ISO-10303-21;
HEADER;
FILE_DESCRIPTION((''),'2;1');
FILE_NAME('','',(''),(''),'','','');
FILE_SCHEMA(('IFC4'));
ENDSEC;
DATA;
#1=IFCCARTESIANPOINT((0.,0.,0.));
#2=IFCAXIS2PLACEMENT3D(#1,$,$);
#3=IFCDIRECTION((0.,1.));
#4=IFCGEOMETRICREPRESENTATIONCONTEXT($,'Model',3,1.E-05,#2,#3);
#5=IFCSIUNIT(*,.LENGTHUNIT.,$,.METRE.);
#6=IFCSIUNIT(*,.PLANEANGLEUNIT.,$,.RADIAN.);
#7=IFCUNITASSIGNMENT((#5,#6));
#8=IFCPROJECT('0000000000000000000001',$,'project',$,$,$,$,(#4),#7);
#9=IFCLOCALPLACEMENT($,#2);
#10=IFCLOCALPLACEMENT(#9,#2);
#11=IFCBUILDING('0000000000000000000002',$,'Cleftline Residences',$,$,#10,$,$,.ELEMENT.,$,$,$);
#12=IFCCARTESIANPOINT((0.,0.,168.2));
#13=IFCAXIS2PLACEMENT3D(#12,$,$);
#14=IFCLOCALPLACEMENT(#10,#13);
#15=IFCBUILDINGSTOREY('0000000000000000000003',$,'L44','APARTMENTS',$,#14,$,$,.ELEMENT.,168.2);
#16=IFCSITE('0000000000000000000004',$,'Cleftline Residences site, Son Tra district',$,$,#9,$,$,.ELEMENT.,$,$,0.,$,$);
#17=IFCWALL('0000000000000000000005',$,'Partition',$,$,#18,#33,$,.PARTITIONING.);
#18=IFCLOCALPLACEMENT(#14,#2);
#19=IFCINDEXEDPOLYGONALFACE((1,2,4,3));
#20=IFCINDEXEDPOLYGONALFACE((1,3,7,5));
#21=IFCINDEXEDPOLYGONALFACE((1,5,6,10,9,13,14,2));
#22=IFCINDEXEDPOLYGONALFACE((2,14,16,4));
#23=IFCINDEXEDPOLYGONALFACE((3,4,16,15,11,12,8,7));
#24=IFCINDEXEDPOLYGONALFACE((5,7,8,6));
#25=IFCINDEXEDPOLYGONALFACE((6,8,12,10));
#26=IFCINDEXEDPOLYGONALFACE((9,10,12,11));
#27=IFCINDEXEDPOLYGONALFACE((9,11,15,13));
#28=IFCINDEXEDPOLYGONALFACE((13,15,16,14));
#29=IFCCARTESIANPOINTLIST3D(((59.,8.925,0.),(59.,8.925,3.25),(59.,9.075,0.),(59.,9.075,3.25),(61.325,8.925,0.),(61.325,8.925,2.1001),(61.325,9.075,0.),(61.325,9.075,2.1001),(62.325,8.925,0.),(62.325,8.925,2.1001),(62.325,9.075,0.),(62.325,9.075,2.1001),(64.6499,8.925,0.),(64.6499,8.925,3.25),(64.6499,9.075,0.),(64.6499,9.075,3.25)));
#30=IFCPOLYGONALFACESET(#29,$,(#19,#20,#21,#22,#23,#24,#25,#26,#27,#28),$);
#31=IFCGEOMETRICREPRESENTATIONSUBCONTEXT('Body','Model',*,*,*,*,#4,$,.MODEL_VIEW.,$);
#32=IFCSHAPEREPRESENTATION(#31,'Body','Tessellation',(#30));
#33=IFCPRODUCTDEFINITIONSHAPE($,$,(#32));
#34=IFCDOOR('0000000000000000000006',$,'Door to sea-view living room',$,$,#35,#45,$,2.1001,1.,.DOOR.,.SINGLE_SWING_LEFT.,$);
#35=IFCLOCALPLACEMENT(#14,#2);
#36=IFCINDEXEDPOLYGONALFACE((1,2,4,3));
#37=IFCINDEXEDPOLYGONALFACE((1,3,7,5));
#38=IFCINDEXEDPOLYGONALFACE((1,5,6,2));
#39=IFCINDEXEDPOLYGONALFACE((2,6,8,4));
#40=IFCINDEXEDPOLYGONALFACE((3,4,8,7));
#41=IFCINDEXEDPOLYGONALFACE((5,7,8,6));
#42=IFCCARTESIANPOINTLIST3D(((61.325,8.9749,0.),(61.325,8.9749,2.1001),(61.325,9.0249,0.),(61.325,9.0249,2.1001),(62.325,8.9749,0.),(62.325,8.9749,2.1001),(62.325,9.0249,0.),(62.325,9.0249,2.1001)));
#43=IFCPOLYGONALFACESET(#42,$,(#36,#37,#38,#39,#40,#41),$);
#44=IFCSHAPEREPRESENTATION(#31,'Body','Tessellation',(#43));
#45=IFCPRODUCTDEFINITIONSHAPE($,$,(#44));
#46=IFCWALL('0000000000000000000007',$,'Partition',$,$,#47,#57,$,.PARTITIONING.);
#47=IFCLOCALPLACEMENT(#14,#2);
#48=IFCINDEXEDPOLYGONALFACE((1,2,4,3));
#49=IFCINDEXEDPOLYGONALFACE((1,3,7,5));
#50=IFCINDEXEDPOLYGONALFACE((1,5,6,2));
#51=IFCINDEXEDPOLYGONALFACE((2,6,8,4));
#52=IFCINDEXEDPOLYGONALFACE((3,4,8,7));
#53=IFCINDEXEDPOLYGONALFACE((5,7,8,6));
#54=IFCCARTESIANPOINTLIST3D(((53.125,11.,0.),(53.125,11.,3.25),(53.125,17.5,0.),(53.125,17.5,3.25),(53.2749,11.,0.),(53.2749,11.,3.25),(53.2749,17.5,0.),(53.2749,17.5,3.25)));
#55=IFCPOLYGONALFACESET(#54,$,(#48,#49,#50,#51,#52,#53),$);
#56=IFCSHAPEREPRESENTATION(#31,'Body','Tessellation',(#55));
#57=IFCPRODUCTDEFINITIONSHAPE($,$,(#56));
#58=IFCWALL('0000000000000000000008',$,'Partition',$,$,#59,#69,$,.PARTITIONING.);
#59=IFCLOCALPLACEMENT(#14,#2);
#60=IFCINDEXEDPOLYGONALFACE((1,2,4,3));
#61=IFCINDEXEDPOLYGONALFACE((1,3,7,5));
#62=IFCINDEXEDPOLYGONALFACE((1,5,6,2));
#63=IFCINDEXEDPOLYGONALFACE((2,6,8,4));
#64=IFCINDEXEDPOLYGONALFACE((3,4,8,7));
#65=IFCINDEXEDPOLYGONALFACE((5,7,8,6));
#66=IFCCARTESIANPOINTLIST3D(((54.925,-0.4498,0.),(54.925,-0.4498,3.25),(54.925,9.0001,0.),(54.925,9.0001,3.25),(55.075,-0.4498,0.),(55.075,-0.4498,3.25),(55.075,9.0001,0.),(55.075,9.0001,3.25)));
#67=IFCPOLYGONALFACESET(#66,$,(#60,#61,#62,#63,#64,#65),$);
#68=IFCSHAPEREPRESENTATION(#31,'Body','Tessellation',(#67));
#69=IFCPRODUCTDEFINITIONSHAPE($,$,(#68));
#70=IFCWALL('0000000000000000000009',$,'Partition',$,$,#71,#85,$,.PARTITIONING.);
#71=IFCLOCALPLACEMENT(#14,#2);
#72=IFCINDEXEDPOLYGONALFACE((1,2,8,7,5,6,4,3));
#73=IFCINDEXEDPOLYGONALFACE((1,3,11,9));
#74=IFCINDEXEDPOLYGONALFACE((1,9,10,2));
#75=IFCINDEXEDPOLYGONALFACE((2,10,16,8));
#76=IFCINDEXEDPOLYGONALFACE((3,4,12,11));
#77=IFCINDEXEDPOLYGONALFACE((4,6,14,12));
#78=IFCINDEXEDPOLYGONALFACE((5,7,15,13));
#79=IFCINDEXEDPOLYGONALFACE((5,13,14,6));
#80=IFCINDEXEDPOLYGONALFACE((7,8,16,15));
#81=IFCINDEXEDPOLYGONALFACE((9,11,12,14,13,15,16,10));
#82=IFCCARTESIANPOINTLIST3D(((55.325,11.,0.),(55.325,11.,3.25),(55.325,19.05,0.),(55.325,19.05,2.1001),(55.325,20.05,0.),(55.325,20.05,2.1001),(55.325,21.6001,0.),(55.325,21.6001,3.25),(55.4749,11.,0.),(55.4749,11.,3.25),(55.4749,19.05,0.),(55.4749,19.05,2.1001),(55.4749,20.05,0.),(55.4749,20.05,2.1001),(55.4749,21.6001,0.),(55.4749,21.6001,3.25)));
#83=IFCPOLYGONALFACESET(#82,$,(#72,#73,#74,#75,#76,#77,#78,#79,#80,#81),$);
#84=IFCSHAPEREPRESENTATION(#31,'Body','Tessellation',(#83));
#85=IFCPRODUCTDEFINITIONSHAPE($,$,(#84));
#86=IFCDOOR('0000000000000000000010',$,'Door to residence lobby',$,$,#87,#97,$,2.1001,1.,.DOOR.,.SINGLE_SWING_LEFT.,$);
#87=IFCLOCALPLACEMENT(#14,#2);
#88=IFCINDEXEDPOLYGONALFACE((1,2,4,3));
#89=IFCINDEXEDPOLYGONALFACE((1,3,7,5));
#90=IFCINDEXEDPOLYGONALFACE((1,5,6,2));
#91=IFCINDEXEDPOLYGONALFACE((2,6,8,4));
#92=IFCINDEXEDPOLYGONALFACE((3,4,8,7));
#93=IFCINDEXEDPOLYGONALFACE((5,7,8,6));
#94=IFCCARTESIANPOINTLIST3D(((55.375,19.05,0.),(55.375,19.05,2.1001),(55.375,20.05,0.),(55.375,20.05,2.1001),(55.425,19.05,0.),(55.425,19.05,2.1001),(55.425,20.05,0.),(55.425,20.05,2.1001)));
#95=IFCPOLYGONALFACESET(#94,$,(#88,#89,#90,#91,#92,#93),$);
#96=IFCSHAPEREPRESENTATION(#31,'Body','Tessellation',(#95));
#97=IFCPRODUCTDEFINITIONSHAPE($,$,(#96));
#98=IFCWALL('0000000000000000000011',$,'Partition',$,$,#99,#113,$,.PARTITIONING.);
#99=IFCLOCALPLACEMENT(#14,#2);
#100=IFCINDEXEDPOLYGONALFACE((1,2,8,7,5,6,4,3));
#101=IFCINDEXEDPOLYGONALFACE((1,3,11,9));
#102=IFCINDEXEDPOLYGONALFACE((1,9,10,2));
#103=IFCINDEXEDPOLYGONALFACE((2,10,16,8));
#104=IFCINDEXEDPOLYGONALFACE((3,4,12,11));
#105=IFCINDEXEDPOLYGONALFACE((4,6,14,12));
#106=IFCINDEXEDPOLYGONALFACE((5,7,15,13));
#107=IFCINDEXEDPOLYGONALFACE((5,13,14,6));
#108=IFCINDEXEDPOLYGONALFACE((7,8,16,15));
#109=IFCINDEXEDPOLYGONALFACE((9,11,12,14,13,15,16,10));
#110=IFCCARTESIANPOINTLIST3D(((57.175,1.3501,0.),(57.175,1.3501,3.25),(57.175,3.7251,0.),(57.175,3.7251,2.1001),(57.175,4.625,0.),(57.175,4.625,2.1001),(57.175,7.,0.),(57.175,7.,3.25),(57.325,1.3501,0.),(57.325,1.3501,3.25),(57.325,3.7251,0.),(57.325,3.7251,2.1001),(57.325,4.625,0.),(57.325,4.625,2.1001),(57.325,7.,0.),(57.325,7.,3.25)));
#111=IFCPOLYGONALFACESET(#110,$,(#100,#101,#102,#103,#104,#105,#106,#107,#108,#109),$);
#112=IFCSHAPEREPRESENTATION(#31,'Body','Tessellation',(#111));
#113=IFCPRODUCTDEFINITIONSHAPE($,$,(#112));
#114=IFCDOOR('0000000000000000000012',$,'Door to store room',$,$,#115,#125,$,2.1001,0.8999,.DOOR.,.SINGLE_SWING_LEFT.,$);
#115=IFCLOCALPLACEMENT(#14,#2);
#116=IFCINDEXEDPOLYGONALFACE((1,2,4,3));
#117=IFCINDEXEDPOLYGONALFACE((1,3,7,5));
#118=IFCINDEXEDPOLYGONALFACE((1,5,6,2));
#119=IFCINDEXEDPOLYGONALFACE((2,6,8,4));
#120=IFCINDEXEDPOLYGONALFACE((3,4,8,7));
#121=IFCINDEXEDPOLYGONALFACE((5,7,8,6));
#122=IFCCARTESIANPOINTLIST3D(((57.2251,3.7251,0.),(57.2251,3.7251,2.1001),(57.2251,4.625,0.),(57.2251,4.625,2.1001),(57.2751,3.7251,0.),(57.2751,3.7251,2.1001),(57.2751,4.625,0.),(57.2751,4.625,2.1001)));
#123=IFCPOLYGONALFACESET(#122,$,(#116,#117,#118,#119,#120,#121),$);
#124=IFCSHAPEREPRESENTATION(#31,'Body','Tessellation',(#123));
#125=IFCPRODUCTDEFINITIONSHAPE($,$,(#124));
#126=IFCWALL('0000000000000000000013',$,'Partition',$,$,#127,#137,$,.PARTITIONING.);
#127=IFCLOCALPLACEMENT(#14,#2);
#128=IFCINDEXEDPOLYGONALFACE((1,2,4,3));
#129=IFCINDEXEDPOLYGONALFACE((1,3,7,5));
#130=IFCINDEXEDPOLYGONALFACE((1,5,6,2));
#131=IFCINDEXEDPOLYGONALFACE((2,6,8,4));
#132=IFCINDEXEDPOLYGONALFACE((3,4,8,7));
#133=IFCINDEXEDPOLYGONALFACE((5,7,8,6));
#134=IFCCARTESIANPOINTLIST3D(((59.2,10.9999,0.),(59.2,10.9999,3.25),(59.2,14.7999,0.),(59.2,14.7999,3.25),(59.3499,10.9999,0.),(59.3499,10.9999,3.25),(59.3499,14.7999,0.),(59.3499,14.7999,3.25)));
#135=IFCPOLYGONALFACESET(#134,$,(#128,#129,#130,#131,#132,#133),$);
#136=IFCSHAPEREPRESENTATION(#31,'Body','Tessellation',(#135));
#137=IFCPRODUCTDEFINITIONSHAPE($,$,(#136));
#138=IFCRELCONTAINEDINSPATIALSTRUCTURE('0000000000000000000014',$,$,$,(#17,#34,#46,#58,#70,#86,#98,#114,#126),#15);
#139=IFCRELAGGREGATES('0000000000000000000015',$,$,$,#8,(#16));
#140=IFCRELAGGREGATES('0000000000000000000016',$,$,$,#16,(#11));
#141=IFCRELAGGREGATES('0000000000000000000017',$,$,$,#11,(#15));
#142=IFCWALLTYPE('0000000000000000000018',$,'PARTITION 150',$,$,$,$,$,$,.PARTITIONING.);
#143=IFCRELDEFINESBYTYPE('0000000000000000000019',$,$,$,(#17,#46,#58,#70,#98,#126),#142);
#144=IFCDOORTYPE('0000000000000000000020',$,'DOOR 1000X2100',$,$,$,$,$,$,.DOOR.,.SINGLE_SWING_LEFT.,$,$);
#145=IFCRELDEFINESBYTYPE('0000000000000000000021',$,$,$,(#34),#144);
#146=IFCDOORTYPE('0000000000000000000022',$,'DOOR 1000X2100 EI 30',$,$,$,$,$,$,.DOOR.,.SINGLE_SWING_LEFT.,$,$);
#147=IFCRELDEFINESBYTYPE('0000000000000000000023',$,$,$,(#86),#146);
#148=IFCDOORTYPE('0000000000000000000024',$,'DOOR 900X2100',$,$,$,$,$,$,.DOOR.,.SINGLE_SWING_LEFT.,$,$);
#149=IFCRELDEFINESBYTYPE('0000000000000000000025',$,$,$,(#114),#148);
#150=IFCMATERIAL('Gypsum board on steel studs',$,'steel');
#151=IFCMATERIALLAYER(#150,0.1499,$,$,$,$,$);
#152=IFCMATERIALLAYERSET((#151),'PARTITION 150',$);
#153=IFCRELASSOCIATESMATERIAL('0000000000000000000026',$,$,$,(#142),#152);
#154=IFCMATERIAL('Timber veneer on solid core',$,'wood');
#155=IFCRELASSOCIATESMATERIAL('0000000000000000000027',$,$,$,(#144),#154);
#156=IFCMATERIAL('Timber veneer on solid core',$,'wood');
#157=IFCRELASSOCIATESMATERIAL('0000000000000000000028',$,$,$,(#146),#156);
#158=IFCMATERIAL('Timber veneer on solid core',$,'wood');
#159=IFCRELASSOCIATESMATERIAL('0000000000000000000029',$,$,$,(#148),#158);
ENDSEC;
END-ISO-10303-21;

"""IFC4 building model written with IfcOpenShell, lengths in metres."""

from ifc_helpers import new_model, si_unit, direction, frame, frame_2d, origin, place, context, subcontext, project, spatial, rectangle, extrude, material, layer, layer_set, type_object, element, fill, save


model = new_model("IFC4")

# Units and contexts
model_context = context("Model", 3, precision=1e-05, world=origin(), true_north=direction((0.0, 1.0)))
body_context = subcontext(model_context, "Body", "Model", "MODEL_VIEW")
ifc_project = project(units=[si_unit("LENGTHUNIT", "METRE"), si_unit("PLANEANGLEUNIT", "RADIAN")], contexts=[model_context])

# Site, building, storey
site_placement = place(None, origin())
site = spatial("IfcSite", under=ifc_project, at=site_placement, Name="Cleftline Residences site, Son Tra district", CompositionType="ELEMENT", RefElevation=0.0)
building_placement = place(site_placement, origin())
building = spatial("IfcBuilding", under=site, at=building_placement, Name="Cleftline Residences", CompositionType="ELEMENT")
storey_placement = place(building_placement, frame((0.0, 0.0, 168.2)))
storey = spatial("IfcBuildingStorey", under=building, at=storey_placement, Name="L44", Description="APARTMENTS", CompositionType="ELEMENT", Elevation=168.2)

# Wall, opening, door
ifc_material_1 = material(Name="Gypsum board on steel studs", Category="steel")
ifc_layer_1 = layer(ifc_material_1, 0.1499)
ifc_layer_set_1 = layer_set([ifc_layer_1], Name="PARTITION 150")
wall_type_1 = type_object("IfcWallType", Name="PARTITION 150", PredefinedType="PARTITIONING", material=ifc_layer_set_1)
ifc_material_2 = material(Name="Timber veneer on solid core", Category="wood")
door_type_1 = type_object("IfcDoorType", Name="DOOR 1000X2100", OperationType="SINGLE_SWING_LEFT", PredefinedType="DOOR", material=ifc_material_2)
wall_1_placement = place(storey_placement, frame((59.0, 9.0, 0.0), z_axis=(0.0, 0.0, 1.0), x_axis=(1.0, 0.0, 0.0)))
wall_1 = element("IfcWall", 1, at=wall_1_placement, inside=storey, type_object=wall_type_1, Name="Partition", PredefinedType="PARTITIONING", context=body_context, shape_type="SweptSolid", body=[
    extrude(rectangle(XDim=5.6499, YDim=0.1499, at=frame_2d((2.825, 0.0))), origin(), (0.0, 0.0, 1.0), 3.25),
])
opening_1_placement = place(wall_1_placement, frame((2.325, 0.0, 0.0)))
opening_1 = element("IfcOpeningElement", 2, at=opening_1_placement, cuts=wall_1, PredefinedType="OPENING", context=body_context, shape_type="SweptSolid", body=[
    extrude(rectangle(XDim=1.0, YDim=2.1001, at=frame_2d((0.5, 1.05))), frame((0.0, 0.085, 0.0), z_axis=(0.0, -1.0, 0.0), x_axis=(1.0, 0.0, 0.0)), (0.0, 0.0, 1.0), 0.1699),
])
door_1_placement = place(opening_1_placement, origin())
door_1 = element("IfcDoor", 3, at=door_1_placement, inside=storey, type_object=door_type_1, Name="Door to sea-view living room", OperationType="SINGLE_SWING_LEFT", OverallHeight=2.1001, OverallWidth=1.0, PredefinedType="DOOR", context=body_context, shape_type="SweptSolid", body=[
    extrude(rectangle(XDim=1.0, YDim=2.1001, at=frame_2d((0.5, 1.05))), frame((0.0, 0.0249, 0.0), z_axis=(0.0, -1.0, 0.0), x_axis=(1.0, 0.0, 0.0)), (0.0, 0.0, 1.0), 0.05),
])
fill(opening_1, door_1)

# Walls
wall_2_placement = place(storey_placement, frame((53.2, 11.0, 0.0), z_axis=(0.0, 0.0, 1.0), x_axis=(0.0, 1.0, 0.0)))
element("IfcWall", 4, at=wall_2_placement, inside=storey, type_object=wall_type_1, Name="Partition", PredefinedType="PARTITIONING", context=body_context, shape_type="SweptSolid", body=[
    extrude(rectangle(XDim=6.5, YDim=0.1499, at=frame_2d((3.25, 0.0))), origin(), (0.0, 0.0, 1.0), 3.25),
])
wall_3_placement = place(storey_placement, frame((55.0, -0.45, 0.0), z_axis=(0.0, 0.0, 1.0), x_axis=(0.0, 1.0, 0.0)))
element("IfcWall", 5, at=wall_3_placement, inside=storey, type_object=wall_type_1, Name="Partition", PredefinedType="PARTITIONING", context=body_context, shape_type="SweptSolid", body=[
    extrude(rectangle(XDim=9.45, YDim=0.1499, at=frame_2d((4.7251, 0.0))), origin(), (0.0, 0.0, 1.0), 3.25),
])

# Walls, openings, doors
wall_4_placement = place(storey_placement, frame((55.3999, 11.0, 0.0), z_axis=(0.0, 0.0, 1.0), x_axis=(0.0, 1.0, 0.0)))
wall_4 = element("IfcWall", 6, at=wall_4_placement, inside=storey, type_object=wall_type_1, Name="Partition", PredefinedType="PARTITIONING", context=body_context, shape_type="SweptSolid", body=[
    extrude(rectangle(XDim=10.6001, YDim=0.1499, at=frame_2d((5.3, 0.0))), origin(), (0.0, 0.0, 1.0), 3.25),
])
opening_2_placement = place(wall_4_placement, frame((8.05, 0.0, 0.0)))
opening_2 = element("IfcOpeningElement", 7, at=opening_2_placement, cuts=wall_4, PredefinedType="OPENING", context=body_context, shape_type="SweptSolid", body=[
    extrude(rectangle(XDim=1.0, YDim=2.1001, at=frame_2d((0.5, 1.05))), frame((0.0, 0.085, 0.0), z_axis=(0.0, -1.0, 0.0), x_axis=(1.0, 0.0, 0.0)), (0.0, 0.0, 1.0), 0.1699),
])
ifc_material_3 = material(Name="Timber veneer on solid core", Category="wood")
door_type_2 = type_object("IfcDoorType", Name="DOOR 1000X2100 EI 30", OperationType="SINGLE_SWING_LEFT", PredefinedType="DOOR", material=ifc_material_3)
door_2_placement = place(opening_2_placement, origin())
door_2 = element("IfcDoor", 8, at=door_2_placement, inside=storey, type_object=door_type_2, Name="Door to residence lobby", OperationType="SINGLE_SWING_LEFT", OverallHeight=2.1001, OverallWidth=1.0, PredefinedType="DOOR", context=body_context, shape_type="SweptSolid", body=[
    extrude(rectangle(XDim=1.0, YDim=2.1001, at=frame_2d((0.5, 1.05))), frame((0.0, 0.0249, 0.0), z_axis=(0.0, -1.0, 0.0), x_axis=(1.0, 0.0, 0.0)), (0.0, 0.0, 1.0), 0.05),
])
fill(opening_2, door_2)
wall_5_placement = place(storey_placement, frame((57.25, 1.3501, 0.0), z_axis=(0.0, 0.0, 1.0), x_axis=(0.0, 1.0, 0.0)))
wall_5 = element("IfcWall", 9, at=wall_5_placement, inside=storey, type_object=wall_type_1, Name="Partition", PredefinedType="PARTITIONING", context=body_context, shape_type="SweptSolid", body=[
    extrude(rectangle(XDim=5.6499, YDim=0.1499, at=frame_2d((2.825, 0.0))), origin(), (0.0, 0.0, 1.0), 3.25),
])
opening_3_placement = place(wall_5_placement, frame((2.375, 0.0, 0.0)))
opening_3 = element("IfcOpeningElement", 10, at=opening_3_placement, cuts=wall_5, PredefinedType="OPENING", context=body_context, shape_type="SweptSolid", body=[
    extrude(rectangle(XDim=0.8999, YDim=2.1001, at=frame_2d((0.45, 1.05))), frame((0.0, 0.085, 0.0), z_axis=(0.0, -1.0, 0.0), x_axis=(1.0, 0.0, 0.0)), (0.0, 0.0, 1.0), 0.1699),
])
ifc_material_4 = material(Name="Timber veneer on solid core", Category="wood")
door_type_3 = type_object("IfcDoorType", Name="DOOR 900X2100", OperationType="SINGLE_SWING_LEFT", PredefinedType="DOOR", material=ifc_material_4)
door_3_placement = place(opening_3_placement, origin())
door_3 = element("IfcDoor", 11, at=door_3_placement, inside=storey, type_object=door_type_3, Name="Door to store room", OperationType="SINGLE_SWING_LEFT", OverallHeight=2.1001, OverallWidth=0.8999, PredefinedType="DOOR", context=body_context, shape_type="SweptSolid", body=[
    extrude(rectangle(XDim=0.8999, YDim=2.1001, at=frame_2d((0.45, 1.05))), frame((0.0, 0.0249, 0.0), z_axis=(0.0, -1.0, 0.0), x_axis=(1.0, 0.0, 0.0)), (0.0, 0.0, 1.0), 0.05),
])
fill(opening_3, door_3)

# Wall
wall_6_placement = place(storey_placement, frame((59.2749, 11.0, 0.0), z_axis=(0.0, 0.0, 1.0), x_axis=(0.0, 1.0, 0.0)))
element("IfcWall", 12, at=wall_6_placement, inside=storey, type_object=wall_type_1, Name="Partition", PredefinedType="PARTITIONING", context=body_context, shape_type="SweptSolid", body=[
    extrude(rectangle(XDim=3.8, YDim=0.1499, at=frame_2d((1.8999, 0.0))), origin(), (0.0, 0.0, 1.0), 3.25),
])

save(model, "model.ifc")
